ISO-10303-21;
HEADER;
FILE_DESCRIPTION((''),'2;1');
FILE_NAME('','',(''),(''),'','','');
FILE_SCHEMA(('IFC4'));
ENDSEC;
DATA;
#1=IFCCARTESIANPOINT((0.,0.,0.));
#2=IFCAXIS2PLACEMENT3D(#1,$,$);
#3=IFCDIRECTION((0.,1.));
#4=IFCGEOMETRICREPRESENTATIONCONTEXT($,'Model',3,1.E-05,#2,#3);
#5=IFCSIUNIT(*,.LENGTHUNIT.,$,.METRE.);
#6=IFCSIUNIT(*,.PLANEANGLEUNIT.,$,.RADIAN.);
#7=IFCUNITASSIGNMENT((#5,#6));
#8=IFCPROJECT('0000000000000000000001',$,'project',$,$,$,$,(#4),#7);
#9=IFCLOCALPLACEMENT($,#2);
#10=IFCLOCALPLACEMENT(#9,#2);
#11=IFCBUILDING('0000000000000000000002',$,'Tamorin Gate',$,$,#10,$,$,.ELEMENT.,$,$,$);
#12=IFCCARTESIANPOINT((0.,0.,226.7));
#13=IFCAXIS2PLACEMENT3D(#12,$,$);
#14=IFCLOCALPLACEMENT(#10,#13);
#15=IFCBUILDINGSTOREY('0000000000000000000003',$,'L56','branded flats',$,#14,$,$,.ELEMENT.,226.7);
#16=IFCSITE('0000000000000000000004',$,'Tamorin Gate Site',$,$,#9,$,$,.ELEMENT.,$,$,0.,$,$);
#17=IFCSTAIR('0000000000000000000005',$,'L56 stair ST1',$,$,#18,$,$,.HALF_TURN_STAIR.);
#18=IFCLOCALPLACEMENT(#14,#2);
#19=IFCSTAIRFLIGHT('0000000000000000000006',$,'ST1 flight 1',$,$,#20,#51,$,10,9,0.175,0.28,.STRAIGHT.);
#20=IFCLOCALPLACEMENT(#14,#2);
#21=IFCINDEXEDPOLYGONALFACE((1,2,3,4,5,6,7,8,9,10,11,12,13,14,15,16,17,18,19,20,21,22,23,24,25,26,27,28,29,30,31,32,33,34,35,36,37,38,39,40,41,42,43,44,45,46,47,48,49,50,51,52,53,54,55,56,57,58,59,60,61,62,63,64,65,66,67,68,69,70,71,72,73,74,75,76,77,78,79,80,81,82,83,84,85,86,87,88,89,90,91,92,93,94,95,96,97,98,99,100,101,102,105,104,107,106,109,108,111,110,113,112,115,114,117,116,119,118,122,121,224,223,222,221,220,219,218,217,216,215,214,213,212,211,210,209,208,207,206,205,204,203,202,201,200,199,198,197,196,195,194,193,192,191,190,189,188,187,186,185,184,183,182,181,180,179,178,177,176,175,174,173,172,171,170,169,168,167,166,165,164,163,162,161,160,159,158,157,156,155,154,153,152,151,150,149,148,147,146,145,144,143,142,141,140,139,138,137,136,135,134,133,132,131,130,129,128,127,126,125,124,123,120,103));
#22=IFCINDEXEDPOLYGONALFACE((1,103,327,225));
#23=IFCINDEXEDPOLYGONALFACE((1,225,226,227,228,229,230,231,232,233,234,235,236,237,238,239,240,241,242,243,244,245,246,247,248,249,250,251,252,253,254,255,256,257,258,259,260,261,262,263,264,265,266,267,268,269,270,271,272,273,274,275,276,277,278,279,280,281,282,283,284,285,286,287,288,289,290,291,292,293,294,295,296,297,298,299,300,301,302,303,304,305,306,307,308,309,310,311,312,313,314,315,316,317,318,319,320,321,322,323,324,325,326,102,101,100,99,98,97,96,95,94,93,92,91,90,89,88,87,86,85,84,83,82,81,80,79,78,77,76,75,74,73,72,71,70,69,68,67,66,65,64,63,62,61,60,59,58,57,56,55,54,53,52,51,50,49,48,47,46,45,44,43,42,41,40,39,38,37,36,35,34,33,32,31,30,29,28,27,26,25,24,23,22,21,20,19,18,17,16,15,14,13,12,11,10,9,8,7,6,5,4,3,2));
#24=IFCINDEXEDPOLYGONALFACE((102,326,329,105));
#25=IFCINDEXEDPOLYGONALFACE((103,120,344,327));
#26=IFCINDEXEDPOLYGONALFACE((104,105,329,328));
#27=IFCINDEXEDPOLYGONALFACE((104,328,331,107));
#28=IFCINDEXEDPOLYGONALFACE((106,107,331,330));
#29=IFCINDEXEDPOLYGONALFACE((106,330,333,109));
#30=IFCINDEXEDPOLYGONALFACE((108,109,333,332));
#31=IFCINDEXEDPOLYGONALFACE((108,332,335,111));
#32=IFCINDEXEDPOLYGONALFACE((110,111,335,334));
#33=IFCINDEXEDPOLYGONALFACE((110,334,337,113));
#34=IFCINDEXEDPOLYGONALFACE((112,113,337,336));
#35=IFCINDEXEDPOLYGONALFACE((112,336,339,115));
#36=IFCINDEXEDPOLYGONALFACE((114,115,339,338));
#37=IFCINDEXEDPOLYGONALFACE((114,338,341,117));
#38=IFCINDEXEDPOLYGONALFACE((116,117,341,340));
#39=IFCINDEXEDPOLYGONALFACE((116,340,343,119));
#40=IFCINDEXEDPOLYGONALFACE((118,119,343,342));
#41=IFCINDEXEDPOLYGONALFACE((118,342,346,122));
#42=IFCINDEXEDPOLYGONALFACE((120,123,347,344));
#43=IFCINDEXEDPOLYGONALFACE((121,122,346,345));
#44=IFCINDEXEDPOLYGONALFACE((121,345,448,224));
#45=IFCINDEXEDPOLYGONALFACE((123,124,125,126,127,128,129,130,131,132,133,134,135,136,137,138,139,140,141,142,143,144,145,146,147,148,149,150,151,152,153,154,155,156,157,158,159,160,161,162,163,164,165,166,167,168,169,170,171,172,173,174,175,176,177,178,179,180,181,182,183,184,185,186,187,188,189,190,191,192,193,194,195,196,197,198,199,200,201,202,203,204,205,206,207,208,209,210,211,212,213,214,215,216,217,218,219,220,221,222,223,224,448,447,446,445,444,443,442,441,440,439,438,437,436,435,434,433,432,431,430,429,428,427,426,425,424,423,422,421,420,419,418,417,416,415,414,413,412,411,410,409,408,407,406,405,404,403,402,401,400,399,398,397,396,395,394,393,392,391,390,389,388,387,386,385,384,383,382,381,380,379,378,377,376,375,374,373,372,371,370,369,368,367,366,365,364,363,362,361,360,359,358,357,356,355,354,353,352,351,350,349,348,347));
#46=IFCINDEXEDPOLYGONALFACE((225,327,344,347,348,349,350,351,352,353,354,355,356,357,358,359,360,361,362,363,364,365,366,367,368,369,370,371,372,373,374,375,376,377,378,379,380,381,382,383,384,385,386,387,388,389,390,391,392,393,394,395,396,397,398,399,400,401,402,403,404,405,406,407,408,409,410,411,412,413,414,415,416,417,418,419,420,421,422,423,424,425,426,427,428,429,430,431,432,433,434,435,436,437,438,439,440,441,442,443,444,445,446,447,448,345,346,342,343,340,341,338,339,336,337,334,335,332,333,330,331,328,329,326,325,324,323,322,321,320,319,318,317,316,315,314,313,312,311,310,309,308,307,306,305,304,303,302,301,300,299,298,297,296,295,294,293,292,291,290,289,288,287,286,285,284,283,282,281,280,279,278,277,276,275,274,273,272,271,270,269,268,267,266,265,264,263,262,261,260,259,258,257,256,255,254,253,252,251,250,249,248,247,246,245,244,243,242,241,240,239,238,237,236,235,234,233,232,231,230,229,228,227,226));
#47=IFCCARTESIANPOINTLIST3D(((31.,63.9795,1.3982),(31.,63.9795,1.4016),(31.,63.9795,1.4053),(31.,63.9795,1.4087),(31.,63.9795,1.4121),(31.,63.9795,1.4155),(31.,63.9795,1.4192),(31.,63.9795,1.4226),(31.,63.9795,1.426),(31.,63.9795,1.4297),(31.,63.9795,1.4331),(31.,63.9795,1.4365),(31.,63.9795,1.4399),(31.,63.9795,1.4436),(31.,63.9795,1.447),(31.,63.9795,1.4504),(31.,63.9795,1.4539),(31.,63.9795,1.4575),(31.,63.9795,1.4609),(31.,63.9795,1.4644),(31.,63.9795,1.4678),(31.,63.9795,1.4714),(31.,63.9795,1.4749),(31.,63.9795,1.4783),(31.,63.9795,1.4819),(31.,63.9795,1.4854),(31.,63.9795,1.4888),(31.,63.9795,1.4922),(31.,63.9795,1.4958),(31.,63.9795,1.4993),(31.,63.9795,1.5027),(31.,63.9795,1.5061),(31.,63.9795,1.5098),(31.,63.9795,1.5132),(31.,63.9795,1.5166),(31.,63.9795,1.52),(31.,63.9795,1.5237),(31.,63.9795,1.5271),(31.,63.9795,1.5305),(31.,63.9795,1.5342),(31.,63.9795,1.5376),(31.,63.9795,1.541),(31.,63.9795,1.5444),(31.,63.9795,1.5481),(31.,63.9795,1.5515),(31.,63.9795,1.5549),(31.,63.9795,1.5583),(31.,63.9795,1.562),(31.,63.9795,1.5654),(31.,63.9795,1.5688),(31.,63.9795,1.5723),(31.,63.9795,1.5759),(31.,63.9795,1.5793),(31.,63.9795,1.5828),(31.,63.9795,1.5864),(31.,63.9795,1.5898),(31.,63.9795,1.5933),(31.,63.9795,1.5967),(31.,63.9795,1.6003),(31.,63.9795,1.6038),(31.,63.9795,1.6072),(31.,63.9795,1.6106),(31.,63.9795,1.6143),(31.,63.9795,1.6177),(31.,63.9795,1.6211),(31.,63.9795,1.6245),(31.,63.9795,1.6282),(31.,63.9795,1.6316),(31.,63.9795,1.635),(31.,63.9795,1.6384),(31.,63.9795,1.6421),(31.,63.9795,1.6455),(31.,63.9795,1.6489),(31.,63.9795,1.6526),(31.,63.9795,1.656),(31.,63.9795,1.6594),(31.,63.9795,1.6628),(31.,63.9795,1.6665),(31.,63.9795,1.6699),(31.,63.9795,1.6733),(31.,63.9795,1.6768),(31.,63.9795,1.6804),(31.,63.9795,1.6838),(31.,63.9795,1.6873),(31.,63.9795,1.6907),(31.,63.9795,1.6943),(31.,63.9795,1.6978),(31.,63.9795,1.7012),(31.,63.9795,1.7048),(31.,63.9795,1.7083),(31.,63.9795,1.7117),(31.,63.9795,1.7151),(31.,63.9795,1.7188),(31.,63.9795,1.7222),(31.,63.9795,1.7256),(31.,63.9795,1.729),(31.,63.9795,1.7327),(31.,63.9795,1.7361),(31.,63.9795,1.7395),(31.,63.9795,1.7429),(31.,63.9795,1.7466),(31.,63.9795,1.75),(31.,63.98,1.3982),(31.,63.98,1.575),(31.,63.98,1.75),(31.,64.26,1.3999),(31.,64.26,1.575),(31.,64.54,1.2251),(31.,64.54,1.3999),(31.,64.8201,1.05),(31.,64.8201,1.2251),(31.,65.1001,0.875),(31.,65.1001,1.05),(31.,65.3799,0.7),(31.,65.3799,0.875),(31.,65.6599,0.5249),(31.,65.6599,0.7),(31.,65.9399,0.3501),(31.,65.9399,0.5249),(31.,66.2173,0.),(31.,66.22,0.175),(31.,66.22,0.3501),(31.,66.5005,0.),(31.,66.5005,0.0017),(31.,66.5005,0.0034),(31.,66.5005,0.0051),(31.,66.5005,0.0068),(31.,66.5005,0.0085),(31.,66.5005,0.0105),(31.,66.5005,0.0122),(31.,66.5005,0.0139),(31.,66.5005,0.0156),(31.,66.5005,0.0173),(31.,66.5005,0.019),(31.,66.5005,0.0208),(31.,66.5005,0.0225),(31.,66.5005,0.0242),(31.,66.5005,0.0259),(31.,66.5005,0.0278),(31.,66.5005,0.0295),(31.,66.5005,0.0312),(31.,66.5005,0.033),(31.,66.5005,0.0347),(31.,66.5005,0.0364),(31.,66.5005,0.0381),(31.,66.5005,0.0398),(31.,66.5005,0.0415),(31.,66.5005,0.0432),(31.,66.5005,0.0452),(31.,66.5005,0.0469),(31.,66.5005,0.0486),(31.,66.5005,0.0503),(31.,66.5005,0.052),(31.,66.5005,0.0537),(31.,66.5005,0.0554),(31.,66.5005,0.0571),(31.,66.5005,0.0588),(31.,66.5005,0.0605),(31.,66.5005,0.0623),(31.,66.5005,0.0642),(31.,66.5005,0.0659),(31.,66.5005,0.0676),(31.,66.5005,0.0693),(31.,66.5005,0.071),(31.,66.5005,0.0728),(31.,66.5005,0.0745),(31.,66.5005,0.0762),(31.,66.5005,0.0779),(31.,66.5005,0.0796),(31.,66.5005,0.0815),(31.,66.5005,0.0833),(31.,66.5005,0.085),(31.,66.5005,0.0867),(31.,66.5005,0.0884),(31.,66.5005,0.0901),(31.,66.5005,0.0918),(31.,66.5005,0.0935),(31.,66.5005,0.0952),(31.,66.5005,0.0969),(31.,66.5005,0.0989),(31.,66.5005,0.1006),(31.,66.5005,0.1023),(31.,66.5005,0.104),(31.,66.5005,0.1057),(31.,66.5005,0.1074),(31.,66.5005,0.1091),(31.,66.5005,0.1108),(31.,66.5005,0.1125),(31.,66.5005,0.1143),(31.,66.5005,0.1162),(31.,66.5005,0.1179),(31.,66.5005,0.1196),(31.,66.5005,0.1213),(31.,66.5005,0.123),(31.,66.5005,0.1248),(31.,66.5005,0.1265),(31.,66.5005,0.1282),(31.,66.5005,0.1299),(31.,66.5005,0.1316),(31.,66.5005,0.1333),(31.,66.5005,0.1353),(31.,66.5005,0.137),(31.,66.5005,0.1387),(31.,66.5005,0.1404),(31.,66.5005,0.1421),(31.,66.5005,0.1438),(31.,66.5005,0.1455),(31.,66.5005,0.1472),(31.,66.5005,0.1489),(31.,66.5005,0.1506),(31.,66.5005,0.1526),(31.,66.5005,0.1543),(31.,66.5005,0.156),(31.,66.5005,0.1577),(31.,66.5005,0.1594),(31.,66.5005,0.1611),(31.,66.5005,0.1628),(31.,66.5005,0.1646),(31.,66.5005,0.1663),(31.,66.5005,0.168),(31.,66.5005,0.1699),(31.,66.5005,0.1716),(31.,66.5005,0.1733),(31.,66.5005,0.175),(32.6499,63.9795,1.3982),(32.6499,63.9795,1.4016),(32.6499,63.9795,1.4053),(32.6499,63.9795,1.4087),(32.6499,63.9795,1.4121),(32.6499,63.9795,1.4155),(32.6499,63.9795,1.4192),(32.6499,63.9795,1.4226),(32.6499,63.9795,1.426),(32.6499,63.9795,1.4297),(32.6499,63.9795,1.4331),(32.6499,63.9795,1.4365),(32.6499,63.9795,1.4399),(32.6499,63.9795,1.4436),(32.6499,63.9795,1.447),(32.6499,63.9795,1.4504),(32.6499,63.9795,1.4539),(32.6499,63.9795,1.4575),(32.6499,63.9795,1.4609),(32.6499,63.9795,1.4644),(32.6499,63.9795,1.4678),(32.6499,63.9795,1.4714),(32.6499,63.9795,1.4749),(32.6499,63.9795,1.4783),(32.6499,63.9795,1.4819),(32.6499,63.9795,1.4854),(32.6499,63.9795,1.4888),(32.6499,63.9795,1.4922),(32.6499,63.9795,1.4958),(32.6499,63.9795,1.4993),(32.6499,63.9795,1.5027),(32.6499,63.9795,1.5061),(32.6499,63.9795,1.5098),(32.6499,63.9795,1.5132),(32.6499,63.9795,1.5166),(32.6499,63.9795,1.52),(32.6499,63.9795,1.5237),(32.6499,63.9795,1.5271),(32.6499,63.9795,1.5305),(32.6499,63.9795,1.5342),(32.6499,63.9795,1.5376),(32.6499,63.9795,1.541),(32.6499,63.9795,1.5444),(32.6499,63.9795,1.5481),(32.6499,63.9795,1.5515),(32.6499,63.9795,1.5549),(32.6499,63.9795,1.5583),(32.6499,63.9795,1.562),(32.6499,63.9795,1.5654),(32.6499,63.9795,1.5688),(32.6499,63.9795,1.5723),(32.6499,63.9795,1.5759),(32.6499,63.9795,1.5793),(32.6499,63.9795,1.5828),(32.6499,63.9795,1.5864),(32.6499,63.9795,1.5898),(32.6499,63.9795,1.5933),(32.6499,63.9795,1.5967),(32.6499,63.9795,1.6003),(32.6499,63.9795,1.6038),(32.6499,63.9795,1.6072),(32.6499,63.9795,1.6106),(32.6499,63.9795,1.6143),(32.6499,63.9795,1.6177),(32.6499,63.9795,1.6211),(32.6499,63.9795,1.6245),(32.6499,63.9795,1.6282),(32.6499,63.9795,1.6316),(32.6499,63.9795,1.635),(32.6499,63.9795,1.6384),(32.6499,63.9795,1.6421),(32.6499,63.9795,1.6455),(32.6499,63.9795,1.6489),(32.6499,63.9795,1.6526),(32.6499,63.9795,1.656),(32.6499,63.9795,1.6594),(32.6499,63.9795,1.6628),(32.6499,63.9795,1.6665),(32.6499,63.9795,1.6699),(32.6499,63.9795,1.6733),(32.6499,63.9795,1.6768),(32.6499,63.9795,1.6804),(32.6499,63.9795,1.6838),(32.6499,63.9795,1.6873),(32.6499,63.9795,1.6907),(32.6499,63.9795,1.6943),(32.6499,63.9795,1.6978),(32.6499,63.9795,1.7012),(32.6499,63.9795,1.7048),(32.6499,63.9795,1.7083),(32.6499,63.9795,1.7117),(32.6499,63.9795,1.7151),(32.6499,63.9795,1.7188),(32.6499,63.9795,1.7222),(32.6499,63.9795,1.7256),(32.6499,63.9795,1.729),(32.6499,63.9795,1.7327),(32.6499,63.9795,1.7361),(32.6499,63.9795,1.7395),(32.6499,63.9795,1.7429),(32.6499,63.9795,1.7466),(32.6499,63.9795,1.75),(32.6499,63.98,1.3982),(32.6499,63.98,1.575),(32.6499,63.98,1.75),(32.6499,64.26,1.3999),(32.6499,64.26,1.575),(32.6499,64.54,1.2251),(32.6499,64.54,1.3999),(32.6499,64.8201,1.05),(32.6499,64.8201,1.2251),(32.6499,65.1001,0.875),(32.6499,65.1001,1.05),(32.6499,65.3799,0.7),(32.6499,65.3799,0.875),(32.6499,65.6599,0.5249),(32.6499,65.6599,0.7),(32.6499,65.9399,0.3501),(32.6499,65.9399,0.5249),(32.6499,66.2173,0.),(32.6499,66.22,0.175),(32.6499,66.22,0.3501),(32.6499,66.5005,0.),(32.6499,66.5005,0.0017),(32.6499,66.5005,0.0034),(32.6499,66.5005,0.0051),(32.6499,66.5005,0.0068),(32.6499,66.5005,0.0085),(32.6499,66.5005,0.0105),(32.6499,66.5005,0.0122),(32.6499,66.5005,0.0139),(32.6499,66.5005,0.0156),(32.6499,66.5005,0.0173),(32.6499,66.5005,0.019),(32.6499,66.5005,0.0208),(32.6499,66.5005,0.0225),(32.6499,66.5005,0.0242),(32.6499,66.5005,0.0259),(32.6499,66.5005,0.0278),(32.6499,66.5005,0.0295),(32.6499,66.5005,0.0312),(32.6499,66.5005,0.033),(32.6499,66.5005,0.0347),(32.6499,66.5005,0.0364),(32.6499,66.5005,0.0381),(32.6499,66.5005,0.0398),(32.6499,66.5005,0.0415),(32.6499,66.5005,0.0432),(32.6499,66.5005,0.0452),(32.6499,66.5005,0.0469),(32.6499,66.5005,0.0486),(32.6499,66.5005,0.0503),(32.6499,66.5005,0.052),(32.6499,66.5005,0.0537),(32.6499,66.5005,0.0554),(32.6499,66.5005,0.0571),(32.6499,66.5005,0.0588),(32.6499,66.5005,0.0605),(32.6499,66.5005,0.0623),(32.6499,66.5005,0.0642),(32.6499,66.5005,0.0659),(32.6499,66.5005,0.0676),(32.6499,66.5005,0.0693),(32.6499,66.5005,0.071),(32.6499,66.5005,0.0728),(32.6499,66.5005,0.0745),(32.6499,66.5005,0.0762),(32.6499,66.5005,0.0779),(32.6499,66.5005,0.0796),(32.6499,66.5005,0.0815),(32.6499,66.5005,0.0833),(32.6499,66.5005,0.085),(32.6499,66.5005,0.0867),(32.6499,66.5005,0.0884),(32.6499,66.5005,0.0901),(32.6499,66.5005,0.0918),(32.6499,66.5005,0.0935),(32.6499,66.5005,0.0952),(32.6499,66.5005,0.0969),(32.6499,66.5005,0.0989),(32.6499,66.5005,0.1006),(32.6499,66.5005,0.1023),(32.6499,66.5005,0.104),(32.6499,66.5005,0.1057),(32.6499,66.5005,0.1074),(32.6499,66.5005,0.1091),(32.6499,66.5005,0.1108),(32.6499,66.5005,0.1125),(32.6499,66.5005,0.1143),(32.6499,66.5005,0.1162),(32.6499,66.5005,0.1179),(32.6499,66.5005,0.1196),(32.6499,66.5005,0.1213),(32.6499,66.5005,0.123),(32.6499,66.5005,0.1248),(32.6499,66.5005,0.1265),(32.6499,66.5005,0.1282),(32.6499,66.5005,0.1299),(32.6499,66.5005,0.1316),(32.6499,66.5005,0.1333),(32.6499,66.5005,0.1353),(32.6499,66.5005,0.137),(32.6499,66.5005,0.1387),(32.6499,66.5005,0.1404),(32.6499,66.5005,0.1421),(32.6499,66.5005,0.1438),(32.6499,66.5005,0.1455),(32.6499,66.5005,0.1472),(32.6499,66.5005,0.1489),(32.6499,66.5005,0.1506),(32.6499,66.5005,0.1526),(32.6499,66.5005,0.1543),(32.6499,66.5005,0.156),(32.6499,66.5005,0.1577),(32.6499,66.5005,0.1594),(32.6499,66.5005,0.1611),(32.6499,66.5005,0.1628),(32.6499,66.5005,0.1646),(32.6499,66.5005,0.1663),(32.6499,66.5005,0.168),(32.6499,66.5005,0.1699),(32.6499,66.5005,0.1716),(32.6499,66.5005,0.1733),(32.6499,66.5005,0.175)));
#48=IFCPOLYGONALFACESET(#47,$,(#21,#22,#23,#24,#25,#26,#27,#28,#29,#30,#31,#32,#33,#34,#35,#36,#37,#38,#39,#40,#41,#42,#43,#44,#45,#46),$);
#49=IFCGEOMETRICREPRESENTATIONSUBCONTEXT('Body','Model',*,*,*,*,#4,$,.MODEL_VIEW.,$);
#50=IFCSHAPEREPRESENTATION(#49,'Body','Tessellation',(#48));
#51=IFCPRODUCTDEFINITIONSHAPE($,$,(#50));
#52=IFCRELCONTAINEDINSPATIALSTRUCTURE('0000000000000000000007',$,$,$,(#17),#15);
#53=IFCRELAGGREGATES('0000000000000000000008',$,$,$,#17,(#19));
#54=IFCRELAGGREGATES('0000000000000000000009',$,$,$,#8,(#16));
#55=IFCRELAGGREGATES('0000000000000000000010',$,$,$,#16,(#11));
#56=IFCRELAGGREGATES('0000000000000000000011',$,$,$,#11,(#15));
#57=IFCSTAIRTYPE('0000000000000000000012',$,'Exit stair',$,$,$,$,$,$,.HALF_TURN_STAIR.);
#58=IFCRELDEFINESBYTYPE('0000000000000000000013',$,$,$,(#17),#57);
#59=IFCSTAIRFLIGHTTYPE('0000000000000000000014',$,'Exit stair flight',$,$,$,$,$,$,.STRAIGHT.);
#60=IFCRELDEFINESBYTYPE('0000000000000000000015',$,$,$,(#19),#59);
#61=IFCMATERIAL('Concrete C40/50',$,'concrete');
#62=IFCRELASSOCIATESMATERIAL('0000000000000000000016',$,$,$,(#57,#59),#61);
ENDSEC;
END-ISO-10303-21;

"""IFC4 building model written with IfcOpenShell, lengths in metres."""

from ifc_helpers import new_model, si_unit, direction, frame, origin, place, context, subcontext, project, spatial, polyline, outline, extrude, material, type_object, element, aggregate, save


model = new_model("IFC4")

# Units and contexts
model_context = context("Model", 3, precision=1e-05, world=origin(), true_north=direction((0.0, 1.0)))
body_context = subcontext(model_context, "Body", "Model", "MODEL_VIEW")
ifc_project = project(units=[si_unit("LENGTHUNIT", "METRE"), si_unit("PLANEANGLEUNIT", "RADIAN")], contexts=[model_context])

# Site, building, storey
site_placement = place(None, origin())
site = spatial("IfcSite", under=ifc_project, at=site_placement, Name="Tamorin Gate Site", CompositionType="ELEMENT", RefElevation=0.0)
building_placement = place(site_placement, origin())
building = spatial("IfcBuilding", under=site, at=building_placement, Name="Tamorin Gate", CompositionType="ELEMENT")
storey_placement = place(building_placement, frame((0.0, 0.0, 226.7)))
storey = spatial("IfcBuildingStorey", under=building, at=storey_placement, Name="L56", Description="branded flats", CompositionType="ELEMENT", Elevation=226.7)

# Shared definitions
ifc_material_1 = material(Name="Concrete C40/50", Category="concrete")

# Stair, stair flight
stair_type = type_object("IfcStairType", Name="Exit stair", PredefinedType="HALF_TURN_STAIR", material=ifc_material_1)
stair_1_placement = place(storey_placement, origin())
stair_1 = element("IfcStair", 1, at=stair_1_placement, inside=storey, type_object=stair_type, Name="L56 stair ST1", PredefinedType="HALF_TURN_STAIR")
stair_flight_type = type_object("IfcStairFlightType", Name="Exit stair flight", PredefinedType="STRAIGHT", material=ifc_material_1)
stair_flight_1_placement = place(storey_placement, frame((31.825, 66.5, 0.0), z_axis=(0.0, 0.0, 1.0), x_axis=(0.0, -1.0, 0.0)))
stair_flight_1 = element("IfcStairFlight", 2, at=stair_flight_1_placement, type_object=stair_flight_type, Name="ST1 flight 1", NumberOfRisers=10, NumberOfTreads=9, PredefinedType="STRAIGHT", RiserHeight=0.175, TreadLength=0.28, context=body_context, shape_type="SweptSolid", body=[
    extrude(outline(polyline([(-0.0005, 0.0), (-0.0005, 0.0017), (-0.0005, 0.0034), (-0.0005, 0.0051), (-0.0005, 0.0068), (-0.0005, 0.0085), (-0.0005, 0.0105), (-0.0005, 0.0122), (-0.0005, 0.0139), (-0.0005, 0.0156), (-0.0005, 0.0173), (-0.0005, 0.019), (-0.0005, 0.0208), (-0.0005, 0.0225), (-0.0005, 0.0242), (-0.0005, 0.0259), (-0.0005, 0.0278), (-0.0005, 0.0295), (-0.0005, 0.0312), (-0.0005, 0.033), (-0.0005, 0.0347), (-0.0005, 0.0364), (-0.0005, 0.0381), (-0.0005, 0.0398), (-0.0005, 0.0415), (-0.0005, 0.0432), (-0.0005, 0.0452), (-0.0005, 0.0469), (-0.0005, 0.0486), (-0.0005, 0.0503), (-0.0005, 0.052), (-0.0005, 0.0537), (-0.0005, 0.0554), (-0.0005, 0.0571), (-0.0005, 0.0588), (-0.0005, 0.0605), (-0.0005, 0.0623), (-0.0005, 0.0642), (-0.0005, 0.0659), (-0.0005, 0.0676), (-0.0005, 0.0693), (-0.0005, 0.071), (-0.0005, 0.0728), (-0.0005, 0.0745), (-0.0005, 0.0762), (-0.0005, 0.0779), (-0.0005, 0.0796), (-0.0005, 0.0815), (-0.0005, 0.0833), (-0.0005, 0.085), (-0.0005, 0.0867), (-0.0005, 0.0884), (-0.0005, 0.0901), (-0.0005, 0.0918), (-0.0005, 0.0935), (-0.0005, 0.0952), (-0.0005, 0.0969), (-0.0005, 0.0989), (-0.0005, 0.1006), (-0.0005, 0.1023), (-0.0005, 0.104), (-0.0005, 0.1057), (-0.0005, 0.1074), (-0.0005, 0.1091), (-0.0005, 0.1108), (-0.0005, 0.1125), (-0.0005, 0.1143), (-0.0005, 0.1162), (-0.0005, 0.1179), (-0.0005, 0.1196), (-0.0005, 0.1213), (-0.0005, 0.123), (-0.0005, 0.1248), (-0.0005, 0.1265), (-0.0005, 0.1282), (-0.0005, 0.1299), (-0.0005, 0.1316), (-0.0005, 0.1333), (-0.0005, 0.1353), (-0.0005, 0.137), (-0.0005, 0.1387), (-0.0005, 0.1404), (-0.0005, 0.1421), (-0.0005, 0.1438), (-0.0005, 0.1455), (-0.0005, 0.1472), (-0.0005, 0.1489), (-0.0005, 0.1506), (-0.0005, 0.1526), (-0.0005, 0.1543), (-0.0005, 0.156), (-0.0005, 0.1577), (-0.0005, 0.1594), (-0.0005, 0.1611), (-0.0005, 0.1628), (-0.0005, 0.1646), (-0.0005, 0.1663), (-0.0005, 0.168), (-0.0005, 0.1699), (-0.0005, 0.1716), (-0.0005, 0.1733), (-0.0005, 0.175), (0.28, 0.175), (0.28, 0.3501), (0.5601, 0.3501), (0.5601, 0.5249), (0.8401, 0.5249), (0.8401, 0.7), (1.1201, 0.7), (1.1201, 0.875), (1.3999, 0.875), (1.3999, 1.05), (1.6799, 1.05), (1.6799, 1.2251), (1.96, 1.2251), (1.96, 1.3999), (2.24, 1.3999), (2.24, 1.575), (2.52, 1.575), (2.52, 1.75), (2.5205, 1.75), (2.5205, 1.7466), (2.5205, 1.7429), (2.5205, 1.7395), (2.5205, 1.7361), (2.5205, 1.7327), (2.5205, 1.729), (2.5205, 1.7256), (2.5205, 1.7222), (2.5205, 1.7188), (2.5205, 1.7151), (2.5205, 1.7117), (2.5205, 1.7083), (2.5205, 1.7048), (2.5205, 1.7012), (2.5205, 1.6978), (2.5205, 1.6943), (2.5205, 1.6907), (2.5205, 1.6873), (2.5205, 1.6838), (2.5205, 1.6804), (2.5205, 1.6768), (2.5205, 1.6733), (2.5205, 1.6699), (2.5205, 1.6665), (2.5205, 1.6628), (2.5205, 1.6594), (2.5205, 1.656), (2.5205, 1.6526), (2.5205, 1.6489), (2.5205, 1.6455), (2.5205, 1.6421), (2.5205, 1.6384), (2.5205, 1.635), (2.5205, 1.6316), (2.5205, 1.6282), (2.5205, 1.6245), (2.5205, 1.6211), (2.5205, 1.6177), (2.5205, 1.6143), (2.5205, 1.6106), (2.5205, 1.6072), (2.5205, 1.6038), (2.5205, 1.6003), (2.5205, 1.5967), (2.5205, 1.5933), (2.5205, 1.5898), (2.5205, 1.5864), (2.5205, 1.5828), (2.5205, 1.5793), (2.5205, 1.5759), (2.5205, 1.5723), (2.5205, 1.5688), (2.5205, 1.5654), (2.5205, 1.562), (2.5205, 1.5583), (2.5205, 1.5549), (2.5205, 1.5515), (2.5205, 1.5481), (2.5205, 1.5444), (2.5205, 1.541), (2.5205, 1.5376), (2.5205, 1.5342), (2.5205, 1.5305), (2.5205, 1.5271), (2.5205, 1.5237), (2.5205, 1.52), (2.5205, 1.5166), (2.5205, 1.5132), (2.5205, 1.5098), (2.5205, 1.5061), (2.5205, 1.5027), (2.5205, 1.4993), (2.5205, 1.4958), (2.5205, 1.4922), (2.5205, 1.4888), (2.5205, 1.4854), (2.5205, 1.4819), (2.5205, 1.4783), (2.5205, 1.4749), (2.5205, 1.4714), (2.5205, 1.4678), (2.5205, 1.4644), (2.5205, 1.4609), (2.5205, 1.4575), (2.5205, 1.4539), (2.5205, 1.4504), (2.5205, 1.447), (2.5205, 1.4436), (2.5205, 1.4399), (2.5205, 1.4365), (2.5205, 1.4331), (2.5205, 1.4297), (2.5205, 1.426), (2.5205, 1.4226), (2.5205, 1.4192), (2.5205, 1.4155), (2.5205, 1.4121), (2.5205, 1.4087), (2.5205, 1.4053), (2.5205, 1.4016), (2.5205, 1.3982), (2.52, 1.3982), (0.2827, 0.0), (-0.0005, 0.0)])), frame((0.0, 0.825, 0.0), z_axis=(0.0, -1.0, 0.0), x_axis=(1.0, 0.0, 0.0)), (0.0, 0.0, 1.0), 1.6499),
])
aggregate(stair_1, [stair_flight_1])

save(model, "model.ifc")
